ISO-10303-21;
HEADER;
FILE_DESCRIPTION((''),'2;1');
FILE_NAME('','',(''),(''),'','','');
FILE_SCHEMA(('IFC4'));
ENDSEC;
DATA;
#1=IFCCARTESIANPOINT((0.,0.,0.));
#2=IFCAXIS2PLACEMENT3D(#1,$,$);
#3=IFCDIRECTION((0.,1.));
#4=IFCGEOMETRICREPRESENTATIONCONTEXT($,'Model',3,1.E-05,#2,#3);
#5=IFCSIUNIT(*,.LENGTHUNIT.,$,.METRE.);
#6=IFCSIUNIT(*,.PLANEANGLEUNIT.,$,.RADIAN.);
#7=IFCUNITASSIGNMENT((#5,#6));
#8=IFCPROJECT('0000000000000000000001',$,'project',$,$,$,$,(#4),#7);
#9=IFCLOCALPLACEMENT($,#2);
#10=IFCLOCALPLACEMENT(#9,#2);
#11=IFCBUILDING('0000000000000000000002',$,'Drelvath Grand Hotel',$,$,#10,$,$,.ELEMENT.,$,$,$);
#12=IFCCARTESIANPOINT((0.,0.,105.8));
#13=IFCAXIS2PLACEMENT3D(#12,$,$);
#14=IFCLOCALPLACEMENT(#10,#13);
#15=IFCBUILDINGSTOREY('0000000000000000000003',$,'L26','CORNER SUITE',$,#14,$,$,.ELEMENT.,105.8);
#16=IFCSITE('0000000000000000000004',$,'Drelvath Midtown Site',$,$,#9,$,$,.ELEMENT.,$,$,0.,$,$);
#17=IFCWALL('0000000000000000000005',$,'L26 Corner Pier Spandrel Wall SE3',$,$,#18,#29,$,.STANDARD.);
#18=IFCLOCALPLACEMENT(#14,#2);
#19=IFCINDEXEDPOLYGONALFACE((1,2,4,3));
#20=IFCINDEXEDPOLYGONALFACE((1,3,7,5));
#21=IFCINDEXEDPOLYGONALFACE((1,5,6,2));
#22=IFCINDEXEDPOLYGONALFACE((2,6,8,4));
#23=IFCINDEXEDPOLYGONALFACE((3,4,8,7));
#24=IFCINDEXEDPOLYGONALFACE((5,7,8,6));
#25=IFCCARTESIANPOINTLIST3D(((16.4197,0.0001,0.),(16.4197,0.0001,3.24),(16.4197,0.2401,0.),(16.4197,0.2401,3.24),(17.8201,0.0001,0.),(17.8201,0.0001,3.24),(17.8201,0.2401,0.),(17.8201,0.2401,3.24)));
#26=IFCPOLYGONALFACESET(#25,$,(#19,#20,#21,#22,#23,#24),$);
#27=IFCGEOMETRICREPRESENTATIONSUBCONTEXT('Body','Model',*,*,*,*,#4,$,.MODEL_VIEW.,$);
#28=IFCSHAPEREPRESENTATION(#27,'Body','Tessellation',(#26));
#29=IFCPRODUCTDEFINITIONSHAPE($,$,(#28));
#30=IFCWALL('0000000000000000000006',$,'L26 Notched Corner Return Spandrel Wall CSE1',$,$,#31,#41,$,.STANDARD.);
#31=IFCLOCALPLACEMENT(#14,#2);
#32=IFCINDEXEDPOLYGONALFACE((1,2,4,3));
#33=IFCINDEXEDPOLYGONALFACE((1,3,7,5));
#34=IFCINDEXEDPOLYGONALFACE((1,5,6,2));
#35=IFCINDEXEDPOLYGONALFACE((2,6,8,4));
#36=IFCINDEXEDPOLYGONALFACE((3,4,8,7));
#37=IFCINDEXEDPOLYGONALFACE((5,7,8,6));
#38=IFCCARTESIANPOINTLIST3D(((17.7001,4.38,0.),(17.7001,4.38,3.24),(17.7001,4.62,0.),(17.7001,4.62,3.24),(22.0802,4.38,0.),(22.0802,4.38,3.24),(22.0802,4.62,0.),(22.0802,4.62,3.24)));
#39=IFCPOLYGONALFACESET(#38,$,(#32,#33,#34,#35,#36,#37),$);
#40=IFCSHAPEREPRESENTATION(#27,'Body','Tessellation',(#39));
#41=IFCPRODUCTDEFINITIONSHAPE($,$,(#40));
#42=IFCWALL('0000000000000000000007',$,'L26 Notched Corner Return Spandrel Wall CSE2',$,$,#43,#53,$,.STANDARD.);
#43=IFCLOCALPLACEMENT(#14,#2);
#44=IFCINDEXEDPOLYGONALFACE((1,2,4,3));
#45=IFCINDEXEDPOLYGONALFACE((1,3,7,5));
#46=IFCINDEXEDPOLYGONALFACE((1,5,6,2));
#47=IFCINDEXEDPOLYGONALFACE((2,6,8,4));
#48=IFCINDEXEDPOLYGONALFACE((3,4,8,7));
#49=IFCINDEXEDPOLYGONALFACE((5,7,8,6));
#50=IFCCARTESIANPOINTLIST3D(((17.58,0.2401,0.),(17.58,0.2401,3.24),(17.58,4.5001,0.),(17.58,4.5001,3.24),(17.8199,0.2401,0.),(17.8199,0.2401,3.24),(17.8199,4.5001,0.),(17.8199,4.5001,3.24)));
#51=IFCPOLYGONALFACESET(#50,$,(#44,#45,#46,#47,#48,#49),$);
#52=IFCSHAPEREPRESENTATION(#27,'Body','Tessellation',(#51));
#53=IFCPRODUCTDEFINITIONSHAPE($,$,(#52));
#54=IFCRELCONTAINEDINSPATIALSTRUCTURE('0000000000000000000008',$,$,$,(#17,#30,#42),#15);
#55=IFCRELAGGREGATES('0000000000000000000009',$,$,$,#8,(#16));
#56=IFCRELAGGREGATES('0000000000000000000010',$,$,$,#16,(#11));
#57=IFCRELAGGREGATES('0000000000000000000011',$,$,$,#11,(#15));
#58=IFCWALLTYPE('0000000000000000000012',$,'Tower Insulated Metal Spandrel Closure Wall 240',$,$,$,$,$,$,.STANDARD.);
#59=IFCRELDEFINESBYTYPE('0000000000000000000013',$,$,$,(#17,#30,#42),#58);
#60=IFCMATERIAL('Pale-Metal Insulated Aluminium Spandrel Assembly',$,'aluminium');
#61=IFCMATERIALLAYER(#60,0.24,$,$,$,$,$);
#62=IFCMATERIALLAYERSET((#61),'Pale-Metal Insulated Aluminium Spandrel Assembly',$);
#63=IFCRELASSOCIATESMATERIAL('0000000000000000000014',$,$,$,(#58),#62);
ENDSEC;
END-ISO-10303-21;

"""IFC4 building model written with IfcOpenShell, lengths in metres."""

from ifc_helpers import new_model, si_unit, direction, frame, frame_2d, origin, place, context, subcontext, project, spatial, rectangle, extrude, material, layer, layer_set, type_object, element, save


model = new_model("IFC4")

# Units and contexts
model_context = context("Model", 3, precision=1e-05, world=origin(), true_north=direction((0.0, 1.0)))
body_context = subcontext(model_context, "Body", "Model", "MODEL_VIEW")
ifc_project = project(units=[si_unit("LENGTHUNIT", "METRE"), si_unit("PLANEANGLEUNIT", "RADIAN")], contexts=[model_context])

# Site, building, storey
site_placement = place(None, origin())
site = spatial("IfcSite", under=ifc_project, at=site_placement, Name="Drelvath Midtown Site", CompositionType="ELEMENT", RefElevation=0.0)
building_placement = place(site_placement, origin())
building = spatial("IfcBuilding", under=site, at=building_placement, Name="Drelvath Grand Hotel", CompositionType="ELEMENT")
storey_placement = place(building_placement, frame((0.0, 0.0, 105.8)))
storey = spatial("IfcBuildingStorey", under=building, at=storey_placement, Name="L26", Description="CORNER SUITE", CompositionType="ELEMENT", Elevation=105.8)

# Walls
ifc_material_1 = material(Name="Pale-Metal Insulated Aluminium Spandrel Assembly", Category="aluminium")
ifc_layer_1 = layer(ifc_material_1, 0.24)
ifc_layer_set_1 = layer_set([ifc_layer_1], Name="Pale-Metal Insulated Aluminium Spandrel Assembly")
wall_type_1 = type_object("IfcWallType", Name="Tower Insulated Metal Spandrel Closure Wall 240", PredefinedType="STANDARD", material=ifc_layer_set_1)
wall_1_placement = place(storey_placement, frame((17.8201, 0.1201, 0.0), z_axis=(0.0, 0.0, 1.0), x_axis=(-1.0, 0.0, 0.0)))
element("IfcWall", 1, at=wall_1_placement, inside=storey, type_object=wall_type_1, Name="L26 Corner Pier Spandrel Wall SE3", PredefinedType="STANDARD", context=body_context, shape_type="SweptSolid", body=[
    extrude(rectangle(XDim=1.4004, YDim=0.24, at=frame_2d((0.7002, 0.0))), origin(), (0.0, 0.0, 1.0), 3.24),
])
wall_2_placement = place(storey_placement, frame((22.0801, 4.5, 0.0), z_axis=(0.0, 0.0, 1.0), x_axis=(-1.0, 0.0, 0.0)))
element("IfcWall", 2, at=wall_2_placement, inside=storey, type_object=wall_type_1, Name="L26 Notched Corner Return Spandrel Wall CSE1", PredefinedType="STANDARD", context=body_context, shape_type="SweptSolid", body=[
    extrude(rectangle(XDim=4.3801, YDim=0.24, at=frame_2d((2.1899, 0.0))), origin(), (0.0, 0.0, 1.0), 3.24),
])
wall_3_placement = place(storey_placement, frame((17.7, 4.5, 0.0), z_axis=(0.0, 0.0, 1.0), x_axis=(0.0, -1.0, 0.0)))
element("IfcWall", 3, at=wall_3_placement, inside=storey, type_object=wall_type_1, Name="L26 Notched Corner Return Spandrel Wall CSE2", PredefinedType="STANDARD", context=body_context, shape_type="SweptSolid", body=[
    extrude(rectangle(XDim=4.26, YDim=0.24, at=frame_2d((2.1299, 0.0))), origin(), (0.0, 0.0, 1.0), 3.24),
])

save(model, "model.ifc")
